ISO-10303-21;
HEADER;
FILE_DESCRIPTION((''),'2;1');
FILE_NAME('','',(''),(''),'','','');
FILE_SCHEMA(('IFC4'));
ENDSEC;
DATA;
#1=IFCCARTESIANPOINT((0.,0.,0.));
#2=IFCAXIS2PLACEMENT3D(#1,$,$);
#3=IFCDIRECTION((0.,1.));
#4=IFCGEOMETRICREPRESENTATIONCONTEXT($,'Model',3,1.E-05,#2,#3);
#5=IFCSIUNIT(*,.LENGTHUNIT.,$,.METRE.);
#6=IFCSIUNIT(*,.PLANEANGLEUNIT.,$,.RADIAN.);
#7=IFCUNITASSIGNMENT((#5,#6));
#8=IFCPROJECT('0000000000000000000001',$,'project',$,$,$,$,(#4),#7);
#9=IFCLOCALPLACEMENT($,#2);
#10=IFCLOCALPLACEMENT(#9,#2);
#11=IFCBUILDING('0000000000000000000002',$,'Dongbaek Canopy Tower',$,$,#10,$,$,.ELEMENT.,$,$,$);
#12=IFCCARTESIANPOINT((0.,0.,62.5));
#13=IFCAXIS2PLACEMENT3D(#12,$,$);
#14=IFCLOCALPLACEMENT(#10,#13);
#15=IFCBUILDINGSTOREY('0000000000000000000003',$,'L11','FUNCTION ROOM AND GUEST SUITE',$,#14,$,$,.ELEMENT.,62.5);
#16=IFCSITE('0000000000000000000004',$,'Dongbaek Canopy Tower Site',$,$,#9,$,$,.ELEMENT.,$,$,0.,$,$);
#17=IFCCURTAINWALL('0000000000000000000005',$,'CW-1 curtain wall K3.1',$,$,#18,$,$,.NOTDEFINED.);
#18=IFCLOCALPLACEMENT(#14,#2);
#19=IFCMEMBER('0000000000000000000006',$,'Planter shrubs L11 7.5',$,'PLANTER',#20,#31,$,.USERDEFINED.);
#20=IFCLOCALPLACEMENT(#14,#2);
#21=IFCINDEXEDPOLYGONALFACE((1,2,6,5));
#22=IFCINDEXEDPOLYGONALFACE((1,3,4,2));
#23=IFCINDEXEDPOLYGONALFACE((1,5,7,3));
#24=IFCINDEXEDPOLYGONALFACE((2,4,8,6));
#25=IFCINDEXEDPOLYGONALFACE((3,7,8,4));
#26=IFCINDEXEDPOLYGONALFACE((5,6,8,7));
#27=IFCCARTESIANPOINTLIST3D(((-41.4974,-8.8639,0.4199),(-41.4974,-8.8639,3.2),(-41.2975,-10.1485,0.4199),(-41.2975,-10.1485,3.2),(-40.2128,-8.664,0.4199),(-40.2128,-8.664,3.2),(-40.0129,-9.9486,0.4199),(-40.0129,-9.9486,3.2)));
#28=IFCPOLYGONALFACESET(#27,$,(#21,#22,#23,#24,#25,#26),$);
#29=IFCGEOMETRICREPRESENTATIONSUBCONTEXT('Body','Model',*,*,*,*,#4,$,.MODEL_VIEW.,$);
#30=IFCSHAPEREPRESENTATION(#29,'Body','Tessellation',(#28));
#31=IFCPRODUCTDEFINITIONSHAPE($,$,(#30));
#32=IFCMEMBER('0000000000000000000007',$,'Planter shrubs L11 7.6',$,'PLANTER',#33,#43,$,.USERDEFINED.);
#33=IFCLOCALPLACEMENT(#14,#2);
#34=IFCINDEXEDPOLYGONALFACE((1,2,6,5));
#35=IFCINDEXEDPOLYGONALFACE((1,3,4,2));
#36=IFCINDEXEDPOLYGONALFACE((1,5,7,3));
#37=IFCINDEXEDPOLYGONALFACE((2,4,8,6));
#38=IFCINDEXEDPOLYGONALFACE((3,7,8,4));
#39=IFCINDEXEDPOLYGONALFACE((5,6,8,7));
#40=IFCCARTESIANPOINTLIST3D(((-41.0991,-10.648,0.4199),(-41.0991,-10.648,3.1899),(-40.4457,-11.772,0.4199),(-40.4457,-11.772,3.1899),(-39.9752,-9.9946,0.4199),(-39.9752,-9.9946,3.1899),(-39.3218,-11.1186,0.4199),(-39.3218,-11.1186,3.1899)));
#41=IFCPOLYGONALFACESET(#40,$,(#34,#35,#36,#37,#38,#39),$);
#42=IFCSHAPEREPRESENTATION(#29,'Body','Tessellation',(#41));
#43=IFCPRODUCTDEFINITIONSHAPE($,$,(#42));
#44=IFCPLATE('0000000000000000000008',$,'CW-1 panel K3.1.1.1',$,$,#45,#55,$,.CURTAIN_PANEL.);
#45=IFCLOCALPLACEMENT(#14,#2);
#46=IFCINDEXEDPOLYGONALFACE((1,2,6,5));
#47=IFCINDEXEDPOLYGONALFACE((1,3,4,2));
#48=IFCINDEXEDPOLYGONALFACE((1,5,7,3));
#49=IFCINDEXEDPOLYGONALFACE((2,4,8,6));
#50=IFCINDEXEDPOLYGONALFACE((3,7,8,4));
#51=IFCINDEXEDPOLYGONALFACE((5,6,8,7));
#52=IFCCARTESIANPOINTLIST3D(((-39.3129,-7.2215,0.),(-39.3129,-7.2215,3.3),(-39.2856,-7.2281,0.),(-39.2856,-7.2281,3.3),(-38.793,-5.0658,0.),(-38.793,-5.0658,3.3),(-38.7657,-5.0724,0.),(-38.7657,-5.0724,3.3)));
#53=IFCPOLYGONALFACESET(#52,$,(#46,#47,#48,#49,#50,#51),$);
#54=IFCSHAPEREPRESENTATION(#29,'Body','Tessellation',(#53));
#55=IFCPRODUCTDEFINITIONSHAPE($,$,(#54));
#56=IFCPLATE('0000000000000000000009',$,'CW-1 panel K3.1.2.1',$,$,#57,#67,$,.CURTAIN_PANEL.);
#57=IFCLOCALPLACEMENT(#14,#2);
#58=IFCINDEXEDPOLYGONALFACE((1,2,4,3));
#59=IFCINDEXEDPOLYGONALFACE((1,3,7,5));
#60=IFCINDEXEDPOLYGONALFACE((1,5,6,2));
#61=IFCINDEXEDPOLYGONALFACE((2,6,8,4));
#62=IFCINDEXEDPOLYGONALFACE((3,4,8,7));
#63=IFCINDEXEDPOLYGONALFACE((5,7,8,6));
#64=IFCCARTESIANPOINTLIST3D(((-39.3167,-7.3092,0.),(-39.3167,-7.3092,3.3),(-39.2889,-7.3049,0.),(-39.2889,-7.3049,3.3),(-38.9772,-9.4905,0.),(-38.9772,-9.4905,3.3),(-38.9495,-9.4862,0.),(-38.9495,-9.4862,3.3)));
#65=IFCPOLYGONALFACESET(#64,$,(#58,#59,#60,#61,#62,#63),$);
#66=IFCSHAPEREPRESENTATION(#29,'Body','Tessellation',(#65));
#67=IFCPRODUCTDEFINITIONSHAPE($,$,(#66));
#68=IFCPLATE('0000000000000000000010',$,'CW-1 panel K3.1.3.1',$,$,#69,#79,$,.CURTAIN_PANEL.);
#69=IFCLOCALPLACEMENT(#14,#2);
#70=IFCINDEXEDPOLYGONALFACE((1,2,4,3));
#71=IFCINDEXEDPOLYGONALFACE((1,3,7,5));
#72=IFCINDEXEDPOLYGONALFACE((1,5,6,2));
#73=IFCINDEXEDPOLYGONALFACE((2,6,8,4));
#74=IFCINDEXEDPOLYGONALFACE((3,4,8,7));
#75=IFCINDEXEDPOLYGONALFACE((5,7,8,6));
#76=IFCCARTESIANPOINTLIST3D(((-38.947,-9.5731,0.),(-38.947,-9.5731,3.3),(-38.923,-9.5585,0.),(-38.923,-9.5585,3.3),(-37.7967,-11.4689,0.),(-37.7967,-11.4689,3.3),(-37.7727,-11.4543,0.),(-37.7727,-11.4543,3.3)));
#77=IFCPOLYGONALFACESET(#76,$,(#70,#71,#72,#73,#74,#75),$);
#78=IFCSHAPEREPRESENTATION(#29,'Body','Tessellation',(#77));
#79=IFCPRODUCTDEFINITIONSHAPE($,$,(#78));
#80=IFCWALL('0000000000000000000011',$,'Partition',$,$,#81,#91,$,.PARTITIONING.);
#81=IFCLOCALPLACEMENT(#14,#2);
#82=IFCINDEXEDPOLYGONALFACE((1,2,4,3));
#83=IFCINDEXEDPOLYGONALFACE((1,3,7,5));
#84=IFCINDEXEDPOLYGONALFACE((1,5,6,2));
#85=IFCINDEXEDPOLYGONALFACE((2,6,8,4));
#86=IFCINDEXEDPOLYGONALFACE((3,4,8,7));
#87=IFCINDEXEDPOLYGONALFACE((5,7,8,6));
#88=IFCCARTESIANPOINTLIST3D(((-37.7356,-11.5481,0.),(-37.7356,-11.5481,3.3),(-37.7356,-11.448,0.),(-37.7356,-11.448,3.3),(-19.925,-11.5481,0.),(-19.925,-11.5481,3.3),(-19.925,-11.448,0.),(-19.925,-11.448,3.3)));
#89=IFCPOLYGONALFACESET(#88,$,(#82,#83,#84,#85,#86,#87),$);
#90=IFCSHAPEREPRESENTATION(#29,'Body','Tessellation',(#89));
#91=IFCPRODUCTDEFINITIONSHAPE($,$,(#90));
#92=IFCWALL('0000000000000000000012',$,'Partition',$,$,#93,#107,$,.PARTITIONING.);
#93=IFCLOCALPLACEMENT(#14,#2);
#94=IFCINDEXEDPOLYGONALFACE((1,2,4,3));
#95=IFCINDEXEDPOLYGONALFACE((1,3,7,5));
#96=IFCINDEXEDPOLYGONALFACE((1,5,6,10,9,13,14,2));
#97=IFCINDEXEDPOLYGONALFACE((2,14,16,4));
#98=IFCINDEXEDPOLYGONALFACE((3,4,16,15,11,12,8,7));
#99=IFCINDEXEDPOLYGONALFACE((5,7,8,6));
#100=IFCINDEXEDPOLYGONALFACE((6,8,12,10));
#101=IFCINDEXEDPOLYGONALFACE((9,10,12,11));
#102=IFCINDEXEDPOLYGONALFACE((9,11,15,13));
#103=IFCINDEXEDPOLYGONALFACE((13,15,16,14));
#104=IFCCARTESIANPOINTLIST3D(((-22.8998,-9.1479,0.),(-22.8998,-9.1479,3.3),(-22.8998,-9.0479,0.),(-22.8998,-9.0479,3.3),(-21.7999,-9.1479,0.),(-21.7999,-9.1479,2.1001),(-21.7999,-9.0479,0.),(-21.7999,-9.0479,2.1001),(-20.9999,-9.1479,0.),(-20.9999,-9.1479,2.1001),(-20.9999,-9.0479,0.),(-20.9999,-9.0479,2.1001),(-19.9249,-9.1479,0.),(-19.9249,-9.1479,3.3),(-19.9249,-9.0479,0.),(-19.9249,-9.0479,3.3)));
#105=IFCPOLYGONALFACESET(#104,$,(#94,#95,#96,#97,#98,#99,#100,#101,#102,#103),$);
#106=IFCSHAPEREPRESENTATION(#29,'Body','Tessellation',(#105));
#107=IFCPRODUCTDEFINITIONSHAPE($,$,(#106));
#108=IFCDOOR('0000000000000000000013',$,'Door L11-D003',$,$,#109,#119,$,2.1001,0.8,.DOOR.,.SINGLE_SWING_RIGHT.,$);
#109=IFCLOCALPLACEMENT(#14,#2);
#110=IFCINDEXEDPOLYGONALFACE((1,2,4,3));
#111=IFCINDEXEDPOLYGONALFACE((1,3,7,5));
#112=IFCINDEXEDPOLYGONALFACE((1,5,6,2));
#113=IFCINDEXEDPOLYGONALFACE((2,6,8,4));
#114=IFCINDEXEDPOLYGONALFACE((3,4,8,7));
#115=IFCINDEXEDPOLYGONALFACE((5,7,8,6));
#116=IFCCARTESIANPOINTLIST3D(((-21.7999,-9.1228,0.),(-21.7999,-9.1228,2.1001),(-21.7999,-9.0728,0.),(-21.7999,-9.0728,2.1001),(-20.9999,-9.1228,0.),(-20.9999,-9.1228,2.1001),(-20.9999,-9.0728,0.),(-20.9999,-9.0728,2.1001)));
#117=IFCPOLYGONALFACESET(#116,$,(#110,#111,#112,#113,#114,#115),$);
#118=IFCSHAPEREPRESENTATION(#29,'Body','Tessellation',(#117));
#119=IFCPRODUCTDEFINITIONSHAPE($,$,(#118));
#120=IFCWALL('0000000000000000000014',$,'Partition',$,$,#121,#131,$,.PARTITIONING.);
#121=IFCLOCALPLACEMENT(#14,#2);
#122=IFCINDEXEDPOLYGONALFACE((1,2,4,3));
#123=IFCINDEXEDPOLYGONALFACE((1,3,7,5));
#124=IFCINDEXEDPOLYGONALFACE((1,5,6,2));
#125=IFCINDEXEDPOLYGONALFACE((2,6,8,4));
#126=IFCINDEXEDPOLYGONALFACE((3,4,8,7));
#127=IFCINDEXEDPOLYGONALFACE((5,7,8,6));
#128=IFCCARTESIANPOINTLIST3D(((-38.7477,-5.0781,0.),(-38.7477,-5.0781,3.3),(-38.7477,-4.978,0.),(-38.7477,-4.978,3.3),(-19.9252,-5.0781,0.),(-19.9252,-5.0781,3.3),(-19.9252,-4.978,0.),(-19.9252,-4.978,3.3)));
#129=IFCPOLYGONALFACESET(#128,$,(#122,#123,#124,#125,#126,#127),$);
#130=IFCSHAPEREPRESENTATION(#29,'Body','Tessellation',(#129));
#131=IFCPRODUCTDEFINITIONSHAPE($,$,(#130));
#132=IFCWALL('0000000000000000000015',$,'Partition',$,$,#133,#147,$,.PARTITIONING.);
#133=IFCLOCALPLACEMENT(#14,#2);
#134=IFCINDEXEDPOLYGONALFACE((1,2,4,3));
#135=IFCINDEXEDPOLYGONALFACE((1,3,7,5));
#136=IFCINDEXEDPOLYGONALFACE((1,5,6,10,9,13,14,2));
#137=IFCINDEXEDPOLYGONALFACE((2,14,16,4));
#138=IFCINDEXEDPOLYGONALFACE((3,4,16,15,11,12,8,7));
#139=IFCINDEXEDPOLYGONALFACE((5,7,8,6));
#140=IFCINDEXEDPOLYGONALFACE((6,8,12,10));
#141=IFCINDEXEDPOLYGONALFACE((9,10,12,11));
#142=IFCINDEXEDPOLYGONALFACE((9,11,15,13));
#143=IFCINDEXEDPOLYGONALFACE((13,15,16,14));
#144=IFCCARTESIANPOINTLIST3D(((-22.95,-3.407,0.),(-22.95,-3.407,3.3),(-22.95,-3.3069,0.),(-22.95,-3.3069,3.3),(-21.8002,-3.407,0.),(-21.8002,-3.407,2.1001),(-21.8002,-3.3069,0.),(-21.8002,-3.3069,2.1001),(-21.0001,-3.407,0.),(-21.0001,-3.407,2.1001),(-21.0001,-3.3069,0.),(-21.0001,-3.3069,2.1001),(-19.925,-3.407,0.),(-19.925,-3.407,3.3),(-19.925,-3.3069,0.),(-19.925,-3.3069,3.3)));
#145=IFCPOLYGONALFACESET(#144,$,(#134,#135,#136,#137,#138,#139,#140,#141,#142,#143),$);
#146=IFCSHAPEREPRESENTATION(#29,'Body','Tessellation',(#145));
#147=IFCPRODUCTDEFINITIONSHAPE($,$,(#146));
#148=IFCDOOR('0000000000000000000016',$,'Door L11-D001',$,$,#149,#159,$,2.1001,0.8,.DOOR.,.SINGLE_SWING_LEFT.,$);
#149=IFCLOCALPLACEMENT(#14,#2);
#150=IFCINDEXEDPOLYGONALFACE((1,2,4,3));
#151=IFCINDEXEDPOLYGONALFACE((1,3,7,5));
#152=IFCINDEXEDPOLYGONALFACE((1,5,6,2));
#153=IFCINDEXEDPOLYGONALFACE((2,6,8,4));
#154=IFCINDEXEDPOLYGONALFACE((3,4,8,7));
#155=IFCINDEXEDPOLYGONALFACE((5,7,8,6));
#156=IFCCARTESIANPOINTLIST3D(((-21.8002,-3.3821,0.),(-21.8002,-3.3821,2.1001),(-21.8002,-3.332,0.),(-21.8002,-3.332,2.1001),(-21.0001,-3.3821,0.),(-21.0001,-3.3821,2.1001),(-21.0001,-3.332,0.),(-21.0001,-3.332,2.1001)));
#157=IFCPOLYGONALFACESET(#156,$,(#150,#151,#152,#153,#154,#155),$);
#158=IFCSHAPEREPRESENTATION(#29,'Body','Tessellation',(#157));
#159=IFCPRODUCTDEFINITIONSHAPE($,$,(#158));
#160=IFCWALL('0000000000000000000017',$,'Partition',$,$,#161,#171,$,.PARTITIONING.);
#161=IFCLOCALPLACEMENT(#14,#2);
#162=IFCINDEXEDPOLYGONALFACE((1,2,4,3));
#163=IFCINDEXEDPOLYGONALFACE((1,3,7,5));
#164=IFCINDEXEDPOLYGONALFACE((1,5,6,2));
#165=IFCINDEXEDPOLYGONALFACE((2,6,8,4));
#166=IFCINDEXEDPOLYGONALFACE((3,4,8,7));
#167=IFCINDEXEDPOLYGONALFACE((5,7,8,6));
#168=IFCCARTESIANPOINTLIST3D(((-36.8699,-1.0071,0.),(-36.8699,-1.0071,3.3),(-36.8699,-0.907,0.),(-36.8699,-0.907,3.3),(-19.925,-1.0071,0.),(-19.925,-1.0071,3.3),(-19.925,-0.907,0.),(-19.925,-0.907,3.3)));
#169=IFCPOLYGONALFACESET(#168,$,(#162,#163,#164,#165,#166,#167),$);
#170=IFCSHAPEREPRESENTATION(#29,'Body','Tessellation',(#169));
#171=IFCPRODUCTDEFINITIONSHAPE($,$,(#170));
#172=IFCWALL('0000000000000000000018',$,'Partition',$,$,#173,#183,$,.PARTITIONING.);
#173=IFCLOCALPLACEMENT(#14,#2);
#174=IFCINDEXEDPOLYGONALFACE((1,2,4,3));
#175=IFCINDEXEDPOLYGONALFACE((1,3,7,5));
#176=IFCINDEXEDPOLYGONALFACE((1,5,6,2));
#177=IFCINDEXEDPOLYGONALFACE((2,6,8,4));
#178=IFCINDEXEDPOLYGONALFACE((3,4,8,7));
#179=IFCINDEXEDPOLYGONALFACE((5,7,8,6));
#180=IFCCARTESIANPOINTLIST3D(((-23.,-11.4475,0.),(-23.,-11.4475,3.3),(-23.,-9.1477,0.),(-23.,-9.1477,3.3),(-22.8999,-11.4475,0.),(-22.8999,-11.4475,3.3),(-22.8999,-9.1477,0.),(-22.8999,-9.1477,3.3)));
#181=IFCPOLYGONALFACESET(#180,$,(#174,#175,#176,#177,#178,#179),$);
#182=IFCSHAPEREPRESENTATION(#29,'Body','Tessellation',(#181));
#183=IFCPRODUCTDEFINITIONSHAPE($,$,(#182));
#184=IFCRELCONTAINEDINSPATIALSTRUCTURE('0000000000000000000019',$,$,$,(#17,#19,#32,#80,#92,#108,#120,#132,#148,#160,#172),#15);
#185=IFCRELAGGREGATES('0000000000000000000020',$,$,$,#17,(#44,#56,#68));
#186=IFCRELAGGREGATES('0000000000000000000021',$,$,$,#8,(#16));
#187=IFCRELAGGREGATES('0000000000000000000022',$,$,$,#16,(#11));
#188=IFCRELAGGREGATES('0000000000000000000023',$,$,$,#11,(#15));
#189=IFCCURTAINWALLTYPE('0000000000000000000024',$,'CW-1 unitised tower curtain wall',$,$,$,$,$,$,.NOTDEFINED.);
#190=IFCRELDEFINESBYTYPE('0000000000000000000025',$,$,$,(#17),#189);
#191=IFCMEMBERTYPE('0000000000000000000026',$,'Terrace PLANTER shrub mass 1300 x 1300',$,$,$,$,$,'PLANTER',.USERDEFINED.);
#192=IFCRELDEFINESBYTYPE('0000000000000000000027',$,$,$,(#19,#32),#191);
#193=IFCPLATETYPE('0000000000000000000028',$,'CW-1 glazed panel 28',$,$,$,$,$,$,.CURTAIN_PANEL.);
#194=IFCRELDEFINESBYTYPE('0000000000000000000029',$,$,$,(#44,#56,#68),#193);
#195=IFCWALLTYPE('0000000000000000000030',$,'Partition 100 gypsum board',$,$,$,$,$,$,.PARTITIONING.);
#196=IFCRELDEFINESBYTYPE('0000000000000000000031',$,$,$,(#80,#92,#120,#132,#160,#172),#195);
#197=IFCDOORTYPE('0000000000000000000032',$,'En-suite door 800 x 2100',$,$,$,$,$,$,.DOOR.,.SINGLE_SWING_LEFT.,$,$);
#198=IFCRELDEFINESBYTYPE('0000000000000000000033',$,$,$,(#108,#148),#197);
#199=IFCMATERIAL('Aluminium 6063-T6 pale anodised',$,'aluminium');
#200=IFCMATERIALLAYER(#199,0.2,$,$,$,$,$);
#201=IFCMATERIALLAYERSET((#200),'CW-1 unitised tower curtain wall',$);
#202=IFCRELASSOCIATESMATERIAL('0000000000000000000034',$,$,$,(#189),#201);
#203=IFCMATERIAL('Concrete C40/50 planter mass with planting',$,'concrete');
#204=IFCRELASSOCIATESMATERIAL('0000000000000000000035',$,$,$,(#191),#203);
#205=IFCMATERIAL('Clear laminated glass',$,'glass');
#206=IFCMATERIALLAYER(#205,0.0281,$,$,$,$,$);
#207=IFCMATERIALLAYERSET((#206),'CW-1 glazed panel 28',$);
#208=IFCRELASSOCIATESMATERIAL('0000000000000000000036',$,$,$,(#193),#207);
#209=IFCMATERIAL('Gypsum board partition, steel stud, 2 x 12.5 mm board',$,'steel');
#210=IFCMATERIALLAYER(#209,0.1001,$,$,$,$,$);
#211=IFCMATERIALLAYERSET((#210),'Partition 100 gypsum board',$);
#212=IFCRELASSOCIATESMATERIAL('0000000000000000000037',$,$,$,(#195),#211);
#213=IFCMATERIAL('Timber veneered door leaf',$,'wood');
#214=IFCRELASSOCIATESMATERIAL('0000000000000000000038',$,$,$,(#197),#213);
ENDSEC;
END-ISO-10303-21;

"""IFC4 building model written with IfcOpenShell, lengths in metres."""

from ifc_helpers import new_model, si_unit, direction, frame, frame_2d, origin, origin_2d, place, context, subcontext, project, spatial, rectangle, extrude, material, layer, layer_set, material_profile, profile_set, type_object, element, fill, aggregate, save


model = new_model("IFC4")

# Units and contexts
model_context = context("Model", 3, precision=1e-05, world=origin(), true_north=direction((0.0, 1.0)))
body_context = subcontext(model_context, "Body", "Model", "MODEL_VIEW")
ifc_project = project(units=[si_unit("LENGTHUNIT", "METRE"), si_unit("PLANEANGLEUNIT", "RADIAN")], contexts=[model_context])

# Site, building, storey
site_placement = place(None, origin())
site = spatial("IfcSite", under=ifc_project, at=site_placement, Name="Dongbaek Canopy Tower Site", CompositionType="ELEMENT", RefElevation=0.0)
building_placement = place(site_placement, origin())
building = spatial("IfcBuilding", under=site, at=building_placement, Name="Dongbaek Canopy Tower", CompositionType="ELEMENT")
storey_placement = place(building_placement, frame((0.0, 0.0, 62.5)))
storey = spatial("IfcBuildingStorey", under=building, at=storey_placement, Name="L11", Description="FUNCTION ROOM AND GUEST SUITE", CompositionType="ELEMENT", Elevation=62.5)

# Curtain wall
ifc_material_1 = material(Name="Aluminium 6063-T6 pale anodised", Category="aluminium")
ifc_layer_1 = layer(ifc_material_1, 0.2)
ifc_layer_set_1 = layer_set([ifc_layer_1], Name="CW-1 unitised tower curtain wall")
curtain_wall_type = type_object("IfcCurtainWallType", Name="CW-1 unitised tower curtain wall", PredefinedType="NOTDEFINED", material=ifc_layer_set_1)
curtain_wall_1_placement = place(storey_placement, origin())
curtain_wall_1 = element("IfcCurtainWall", 1, at=curtain_wall_1_placement, inside=storey, type_object=curtain_wall_type, Name="CW-1 curtain wall K3.1", PredefinedType="NOTDEFINED")

# Members
ifc_material_2 = material(Name="Concrete C40/50 planter mass with planting", Category="concrete")
ifc_material_profile_1 = material_profile(ifc_material_2, rectangle(XDim=1.3, YDim=1.3, at=origin_2d()), Name="Terrace PLANTER shrub mass 1300 x 1300")
ifc_profile_set_1 = profile_set([ifc_material_profile_1], Name="Concrete C40/50 planter mass with planting")
member_type_1 = type_object("IfcMemberType", Name="Terrace PLANTER shrub mass 1300 x 1300", ElementType="PLANTER", PredefinedType="USERDEFINED", material=ifc_profile_set_1)
member_1_placement = place(storey_placement, frame((-40.7551, -9.4062, 0.4199), z_axis=(0.0, 0.0, 1.0), x_axis=(-0.988106, -0.153774, 0.0)))
element("IfcMember", 2, at=member_1_placement, inside=storey, type_object=member_type_1, Name="Planter shrubs L11 7.5", ObjectType="PLANTER", PredefinedType="USERDEFINED", context=body_context, shape_type="SweptSolid", body=[
    extrude(rectangle(XDim=1.3, YDim=1.3, at=origin_2d()), origin(), (0.0, 0.0, 1.0), 2.78),
])
member_2_placement = place(storey_placement, frame((-40.2104, -10.8833, 0.4199), z_axis=(0.0, 0.0, 1.0), x_axis=(-0.864536, -0.502571, 0.0)))
element("IfcMember", 3, at=member_2_placement, inside=storey, type_object=member_type_1, Name="Planter shrubs L11 7.6", ObjectType="PLANTER", PredefinedType="USERDEFINED", context=body_context, shape_type="SweptSolid", body=[
    extrude(rectangle(XDim=1.3, YDim=1.3, at=origin_2d()), origin(), (0.0, 0.0, 1.0), 2.77),
])

# Plates
ifc_material_3 = material(Name="Clear laminated glass", Category="glass")
ifc_layer_2 = layer(ifc_material_3, 0.0281)
ifc_layer_set_2 = layer_set([ifc_layer_2], Name="CW-1 glazed panel 28")
plate_type = type_object("IfcPlateType", Name="CW-1 glazed panel 28", PredefinedType="CURTAIN_PANEL", material=ifc_layer_set_2)
plate_1_placement = place(storey_placement, frame((-39.0393, -6.147, 0.0), z_axis=(0.0, 0.0, 1.0), x_axis=(-0.234426, -0.972134, 0.0)))
plate_1 = element("IfcPlate", 4, at=plate_1_placement, type_object=plate_type, Name="CW-1 panel K3.1.1.1", PredefinedType="CURTAIN_PANEL", context=body_context, shape_type="SweptSolid", body=[
    extrude(rectangle(XDim=2.2175, YDim=0.0281, at=origin_2d()), origin(), (0.0, 0.0, 1.0), 3.3),
])
plate_2_placement = place(storey_placement, frame((-39.1331, -8.3977, 0.0), z_axis=(0.0, 0.0, 1.0), x_axis=(0.153774, -0.988106, 0.0)))
plate_2 = element("IfcPlate", 5, at=plate_2_placement, type_object=plate_type, Name="CW-1 panel K3.1.2.1", PredefinedType="CURTAIN_PANEL", context=body_context, shape_type="SweptSolid", body=[
    extrude(rectangle(XDim=2.2075, YDim=0.0281, at=origin_2d()), origin(), (0.0, 0.0, 1.0), 3.3),
])
plate_3_placement = place(storey_placement, frame((-38.3599, -10.5137, 0.0), z_axis=(0.0, 0.0, 1.0), x_axis=(0.518762, -0.854919, 0.0)))
plate_3 = element("IfcPlate", 6, at=plate_3_placement, type_object=plate_type, Name="CW-1 panel K3.1.3.1", PredefinedType="CURTAIN_PANEL", context=body_context, shape_type="SweptSolid", body=[
    extrude(rectangle(XDim=2.2175, YDim=0.0281, at=origin_2d()), origin(), (0.0, 0.0, 1.0), 3.3),
])
aggregate(curtain_wall_1, [plate_1, plate_2, plate_3])

# Wall
ifc_material_4 = material(Name="Gypsum board partition, steel stud, 2 x 12.5 mm board", Category="steel")
ifc_layer_3 = layer(ifc_material_4, 0.1001)
ifc_layer_set_3 = layer_set([ifc_layer_3], Name="Partition 100 gypsum board")
wall_type_1 = type_object("IfcWallType", Name="Partition 100 gypsum board", PredefinedType="PARTITIONING", material=ifc_layer_set_3)
wall_1_placement = place(storey_placement, frame((-37.7356, -11.498, 0.0), z_axis=(0.0, 0.0, 1.0), x_axis=(1.0, 0.0, 0.0)))
element("IfcWall", 7, at=wall_1_placement, inside=storey, type_object=wall_type_1, Name="Partition", PredefinedType="PARTITIONING", context=body_context, shape_type="SweptSolid", body=[
    extrude(rectangle(XDim=17.8105, YDim=0.1001, at=frame_2d((8.9053, 0.0))), origin(), (0.0, 0.0, 1.0), 3.3),
])

# Wall, opening, door
wall_2_placement = place(storey_placement, frame((-19.925, -9.0979, 0.0), z_axis=(0.0, 0.0, 1.0), x_axis=(-1.0, 0.0, 0.0)))
wall_2 = element("IfcWall", 8, at=wall_2_placement, inside=storey, type_object=wall_type_1, Name="Partition", PredefinedType="PARTITIONING", context=body_context, shape_type="SweptSolid", body=[
    extrude(rectangle(XDim=2.9749, YDim=0.1001, at=frame_2d((1.4873, 0.0))), origin(), (0.0, 0.0, 1.0), 3.3),
])
opening_1_placement = place(wall_2_placement, frame((1.075, 0.0, 0.0)))
opening_1 = element("IfcOpeningElement", 9, at=opening_1_placement, cuts=wall_2, PredefinedType="OPENING", context=body_context, shape_type="SweptSolid", body=[
    extrude(rectangle(XDim=0.8, YDim=2.1001, at=frame_2d((0.3999, 1.05))), frame((0.0, 0.0601, 0.0), z_axis=(0.0, -1.0, 0.0), x_axis=(1.0, 0.0, 0.0)), (0.0, 0.0, 1.0), 0.1201),
])
ifc_material_5 = material(Name="Timber veneered door leaf", Category="wood")
door_type_1 = type_object("IfcDoorType", Name="En-suite door 800 x 2100", OperationType="SINGLE_SWING_LEFT", PredefinedType="DOOR", material=ifc_material_5)
door_1_placement = place(opening_1_placement, origin())
door_1 = element("IfcDoor", 10, at=door_1_placement, inside=storey, type_object=door_type_1, Name="Door L11-D003", OperationType="SINGLE_SWING_RIGHT", OverallHeight=2.1001, OverallWidth=0.8, PredefinedType="DOOR", context=body_context, shape_type="SweptSolid", body=[
    extrude(rectangle(XDim=0.8, YDim=2.1001, at=frame_2d((0.3999, 1.05))), frame((0.0, 0.0249, 0.0), z_axis=(0.0, -1.0, 0.0), x_axis=(1.0, 0.0, 0.0)), (0.0, 0.0, 1.0), 0.05),
])
fill(opening_1, door_1)

# Wall
wall_3_placement = place(storey_placement, frame((-38.7476, -5.0281, 0.0), z_axis=(0.0, 0.0, 1.0), x_axis=(1.0, 0.0, 0.0)))
element("IfcWall", 11, at=wall_3_placement, inside=storey, type_object=wall_type_1, Name="Partition", PredefinedType="PARTITIONING", context=body_context, shape_type="SweptSolid", body=[
    extrude(rectangle(XDim=18.8225, YDim=0.1001, at=frame_2d((9.4111, 0.0))), origin(), (0.0, 0.0, 1.0), 3.3),
])

# Wall, opening, door
wall_4_placement = place(storey_placement, frame((-22.95, -3.3569, 0.0), z_axis=(0.0, 0.0, 1.0), x_axis=(1.0, 0.0, 0.0)))
wall_4 = element("IfcWall", 12, at=wall_4_placement, inside=storey, type_object=wall_type_1, Name="Partition", PredefinedType="PARTITIONING", context=body_context, shape_type="SweptSolid", body=[
    extrude(rectangle(XDim=3.0249, YDim=0.1001, at=frame_2d((1.5125, 0.0))), origin(), (0.0, 0.0, 1.0), 3.3),
])
opening_2_placement = place(wall_4_placement, frame((1.1499, 0.0, 0.0)))
opening_2 = element("IfcOpeningElement", 13, at=opening_2_placement, cuts=wall_4, PredefinedType="OPENING", context=body_context, shape_type="SweptSolid", body=[
    extrude(rectangle(XDim=0.8, YDim=2.1001, at=frame_2d((0.3999, 1.05))), frame((0.0, 0.0601, 0.0), z_axis=(0.0, -1.0, 0.0), x_axis=(1.0, 0.0, 0.0)), (0.0, 0.0, 1.0), 0.1201),
])
door_2_placement = place(opening_2_placement, origin())
door_2 = element("IfcDoor", 14, at=door_2_placement, inside=storey, type_object=door_type_1, Name="Door L11-D001", OperationType="SINGLE_SWING_LEFT", OverallHeight=2.1001, OverallWidth=0.8, PredefinedType="DOOR", context=body_context, shape_type="SweptSolid", body=[
    extrude(rectangle(XDim=0.8, YDim=2.1001, at=frame_2d((0.3999, 1.05))), frame((0.0, 0.0249, 0.0), z_axis=(0.0, -1.0, 0.0), x_axis=(1.0, 0.0, 0.0)), (0.0, 0.0, 1.0), 0.05),
])
fill(opening_2, door_2)

# Walls
wall_5_placement = place(storey_placement, frame((-36.8699, -0.957, 0.0), z_axis=(0.0, 0.0, 1.0), x_axis=(1.0, 0.0, 0.0)))
element("IfcWall", 15, at=wall_5_placement, inside=storey, type_object=wall_type_1, Name="Partition", PredefinedType="PARTITIONING", context=body_context, shape_type="SweptSolid", body=[
    extrude(rectangle(XDim=16.9448, YDim=0.1001, at=frame_2d((8.4724, 0.0))), origin(), (0.0, 0.0, 1.0), 3.3),
])
for number, where, z_axis, x_axis, name in (
    (16, (-22.95, -11.4475, 0.0), (0.0, 0.0, 1.0), (0.0, 1.0, 0.0), "Partition"),
):
    element("IfcWall", number, at=place(storey_placement, frame(where, z_axis=z_axis, x_axis=x_axis)), inside=storey, type_object=wall_type_1, Name=name, PredefinedType="PARTITIONING", context=body_context, shape_type="SweptSolid", body=[
        extrude(rectangle(XDim=2.2998, YDim=0.1001, at=frame_2d((1.1499, 0.0))), origin(), (0.0, 0.0, 1.0), 3.3),
    ])

save(model, "model.ifc")
